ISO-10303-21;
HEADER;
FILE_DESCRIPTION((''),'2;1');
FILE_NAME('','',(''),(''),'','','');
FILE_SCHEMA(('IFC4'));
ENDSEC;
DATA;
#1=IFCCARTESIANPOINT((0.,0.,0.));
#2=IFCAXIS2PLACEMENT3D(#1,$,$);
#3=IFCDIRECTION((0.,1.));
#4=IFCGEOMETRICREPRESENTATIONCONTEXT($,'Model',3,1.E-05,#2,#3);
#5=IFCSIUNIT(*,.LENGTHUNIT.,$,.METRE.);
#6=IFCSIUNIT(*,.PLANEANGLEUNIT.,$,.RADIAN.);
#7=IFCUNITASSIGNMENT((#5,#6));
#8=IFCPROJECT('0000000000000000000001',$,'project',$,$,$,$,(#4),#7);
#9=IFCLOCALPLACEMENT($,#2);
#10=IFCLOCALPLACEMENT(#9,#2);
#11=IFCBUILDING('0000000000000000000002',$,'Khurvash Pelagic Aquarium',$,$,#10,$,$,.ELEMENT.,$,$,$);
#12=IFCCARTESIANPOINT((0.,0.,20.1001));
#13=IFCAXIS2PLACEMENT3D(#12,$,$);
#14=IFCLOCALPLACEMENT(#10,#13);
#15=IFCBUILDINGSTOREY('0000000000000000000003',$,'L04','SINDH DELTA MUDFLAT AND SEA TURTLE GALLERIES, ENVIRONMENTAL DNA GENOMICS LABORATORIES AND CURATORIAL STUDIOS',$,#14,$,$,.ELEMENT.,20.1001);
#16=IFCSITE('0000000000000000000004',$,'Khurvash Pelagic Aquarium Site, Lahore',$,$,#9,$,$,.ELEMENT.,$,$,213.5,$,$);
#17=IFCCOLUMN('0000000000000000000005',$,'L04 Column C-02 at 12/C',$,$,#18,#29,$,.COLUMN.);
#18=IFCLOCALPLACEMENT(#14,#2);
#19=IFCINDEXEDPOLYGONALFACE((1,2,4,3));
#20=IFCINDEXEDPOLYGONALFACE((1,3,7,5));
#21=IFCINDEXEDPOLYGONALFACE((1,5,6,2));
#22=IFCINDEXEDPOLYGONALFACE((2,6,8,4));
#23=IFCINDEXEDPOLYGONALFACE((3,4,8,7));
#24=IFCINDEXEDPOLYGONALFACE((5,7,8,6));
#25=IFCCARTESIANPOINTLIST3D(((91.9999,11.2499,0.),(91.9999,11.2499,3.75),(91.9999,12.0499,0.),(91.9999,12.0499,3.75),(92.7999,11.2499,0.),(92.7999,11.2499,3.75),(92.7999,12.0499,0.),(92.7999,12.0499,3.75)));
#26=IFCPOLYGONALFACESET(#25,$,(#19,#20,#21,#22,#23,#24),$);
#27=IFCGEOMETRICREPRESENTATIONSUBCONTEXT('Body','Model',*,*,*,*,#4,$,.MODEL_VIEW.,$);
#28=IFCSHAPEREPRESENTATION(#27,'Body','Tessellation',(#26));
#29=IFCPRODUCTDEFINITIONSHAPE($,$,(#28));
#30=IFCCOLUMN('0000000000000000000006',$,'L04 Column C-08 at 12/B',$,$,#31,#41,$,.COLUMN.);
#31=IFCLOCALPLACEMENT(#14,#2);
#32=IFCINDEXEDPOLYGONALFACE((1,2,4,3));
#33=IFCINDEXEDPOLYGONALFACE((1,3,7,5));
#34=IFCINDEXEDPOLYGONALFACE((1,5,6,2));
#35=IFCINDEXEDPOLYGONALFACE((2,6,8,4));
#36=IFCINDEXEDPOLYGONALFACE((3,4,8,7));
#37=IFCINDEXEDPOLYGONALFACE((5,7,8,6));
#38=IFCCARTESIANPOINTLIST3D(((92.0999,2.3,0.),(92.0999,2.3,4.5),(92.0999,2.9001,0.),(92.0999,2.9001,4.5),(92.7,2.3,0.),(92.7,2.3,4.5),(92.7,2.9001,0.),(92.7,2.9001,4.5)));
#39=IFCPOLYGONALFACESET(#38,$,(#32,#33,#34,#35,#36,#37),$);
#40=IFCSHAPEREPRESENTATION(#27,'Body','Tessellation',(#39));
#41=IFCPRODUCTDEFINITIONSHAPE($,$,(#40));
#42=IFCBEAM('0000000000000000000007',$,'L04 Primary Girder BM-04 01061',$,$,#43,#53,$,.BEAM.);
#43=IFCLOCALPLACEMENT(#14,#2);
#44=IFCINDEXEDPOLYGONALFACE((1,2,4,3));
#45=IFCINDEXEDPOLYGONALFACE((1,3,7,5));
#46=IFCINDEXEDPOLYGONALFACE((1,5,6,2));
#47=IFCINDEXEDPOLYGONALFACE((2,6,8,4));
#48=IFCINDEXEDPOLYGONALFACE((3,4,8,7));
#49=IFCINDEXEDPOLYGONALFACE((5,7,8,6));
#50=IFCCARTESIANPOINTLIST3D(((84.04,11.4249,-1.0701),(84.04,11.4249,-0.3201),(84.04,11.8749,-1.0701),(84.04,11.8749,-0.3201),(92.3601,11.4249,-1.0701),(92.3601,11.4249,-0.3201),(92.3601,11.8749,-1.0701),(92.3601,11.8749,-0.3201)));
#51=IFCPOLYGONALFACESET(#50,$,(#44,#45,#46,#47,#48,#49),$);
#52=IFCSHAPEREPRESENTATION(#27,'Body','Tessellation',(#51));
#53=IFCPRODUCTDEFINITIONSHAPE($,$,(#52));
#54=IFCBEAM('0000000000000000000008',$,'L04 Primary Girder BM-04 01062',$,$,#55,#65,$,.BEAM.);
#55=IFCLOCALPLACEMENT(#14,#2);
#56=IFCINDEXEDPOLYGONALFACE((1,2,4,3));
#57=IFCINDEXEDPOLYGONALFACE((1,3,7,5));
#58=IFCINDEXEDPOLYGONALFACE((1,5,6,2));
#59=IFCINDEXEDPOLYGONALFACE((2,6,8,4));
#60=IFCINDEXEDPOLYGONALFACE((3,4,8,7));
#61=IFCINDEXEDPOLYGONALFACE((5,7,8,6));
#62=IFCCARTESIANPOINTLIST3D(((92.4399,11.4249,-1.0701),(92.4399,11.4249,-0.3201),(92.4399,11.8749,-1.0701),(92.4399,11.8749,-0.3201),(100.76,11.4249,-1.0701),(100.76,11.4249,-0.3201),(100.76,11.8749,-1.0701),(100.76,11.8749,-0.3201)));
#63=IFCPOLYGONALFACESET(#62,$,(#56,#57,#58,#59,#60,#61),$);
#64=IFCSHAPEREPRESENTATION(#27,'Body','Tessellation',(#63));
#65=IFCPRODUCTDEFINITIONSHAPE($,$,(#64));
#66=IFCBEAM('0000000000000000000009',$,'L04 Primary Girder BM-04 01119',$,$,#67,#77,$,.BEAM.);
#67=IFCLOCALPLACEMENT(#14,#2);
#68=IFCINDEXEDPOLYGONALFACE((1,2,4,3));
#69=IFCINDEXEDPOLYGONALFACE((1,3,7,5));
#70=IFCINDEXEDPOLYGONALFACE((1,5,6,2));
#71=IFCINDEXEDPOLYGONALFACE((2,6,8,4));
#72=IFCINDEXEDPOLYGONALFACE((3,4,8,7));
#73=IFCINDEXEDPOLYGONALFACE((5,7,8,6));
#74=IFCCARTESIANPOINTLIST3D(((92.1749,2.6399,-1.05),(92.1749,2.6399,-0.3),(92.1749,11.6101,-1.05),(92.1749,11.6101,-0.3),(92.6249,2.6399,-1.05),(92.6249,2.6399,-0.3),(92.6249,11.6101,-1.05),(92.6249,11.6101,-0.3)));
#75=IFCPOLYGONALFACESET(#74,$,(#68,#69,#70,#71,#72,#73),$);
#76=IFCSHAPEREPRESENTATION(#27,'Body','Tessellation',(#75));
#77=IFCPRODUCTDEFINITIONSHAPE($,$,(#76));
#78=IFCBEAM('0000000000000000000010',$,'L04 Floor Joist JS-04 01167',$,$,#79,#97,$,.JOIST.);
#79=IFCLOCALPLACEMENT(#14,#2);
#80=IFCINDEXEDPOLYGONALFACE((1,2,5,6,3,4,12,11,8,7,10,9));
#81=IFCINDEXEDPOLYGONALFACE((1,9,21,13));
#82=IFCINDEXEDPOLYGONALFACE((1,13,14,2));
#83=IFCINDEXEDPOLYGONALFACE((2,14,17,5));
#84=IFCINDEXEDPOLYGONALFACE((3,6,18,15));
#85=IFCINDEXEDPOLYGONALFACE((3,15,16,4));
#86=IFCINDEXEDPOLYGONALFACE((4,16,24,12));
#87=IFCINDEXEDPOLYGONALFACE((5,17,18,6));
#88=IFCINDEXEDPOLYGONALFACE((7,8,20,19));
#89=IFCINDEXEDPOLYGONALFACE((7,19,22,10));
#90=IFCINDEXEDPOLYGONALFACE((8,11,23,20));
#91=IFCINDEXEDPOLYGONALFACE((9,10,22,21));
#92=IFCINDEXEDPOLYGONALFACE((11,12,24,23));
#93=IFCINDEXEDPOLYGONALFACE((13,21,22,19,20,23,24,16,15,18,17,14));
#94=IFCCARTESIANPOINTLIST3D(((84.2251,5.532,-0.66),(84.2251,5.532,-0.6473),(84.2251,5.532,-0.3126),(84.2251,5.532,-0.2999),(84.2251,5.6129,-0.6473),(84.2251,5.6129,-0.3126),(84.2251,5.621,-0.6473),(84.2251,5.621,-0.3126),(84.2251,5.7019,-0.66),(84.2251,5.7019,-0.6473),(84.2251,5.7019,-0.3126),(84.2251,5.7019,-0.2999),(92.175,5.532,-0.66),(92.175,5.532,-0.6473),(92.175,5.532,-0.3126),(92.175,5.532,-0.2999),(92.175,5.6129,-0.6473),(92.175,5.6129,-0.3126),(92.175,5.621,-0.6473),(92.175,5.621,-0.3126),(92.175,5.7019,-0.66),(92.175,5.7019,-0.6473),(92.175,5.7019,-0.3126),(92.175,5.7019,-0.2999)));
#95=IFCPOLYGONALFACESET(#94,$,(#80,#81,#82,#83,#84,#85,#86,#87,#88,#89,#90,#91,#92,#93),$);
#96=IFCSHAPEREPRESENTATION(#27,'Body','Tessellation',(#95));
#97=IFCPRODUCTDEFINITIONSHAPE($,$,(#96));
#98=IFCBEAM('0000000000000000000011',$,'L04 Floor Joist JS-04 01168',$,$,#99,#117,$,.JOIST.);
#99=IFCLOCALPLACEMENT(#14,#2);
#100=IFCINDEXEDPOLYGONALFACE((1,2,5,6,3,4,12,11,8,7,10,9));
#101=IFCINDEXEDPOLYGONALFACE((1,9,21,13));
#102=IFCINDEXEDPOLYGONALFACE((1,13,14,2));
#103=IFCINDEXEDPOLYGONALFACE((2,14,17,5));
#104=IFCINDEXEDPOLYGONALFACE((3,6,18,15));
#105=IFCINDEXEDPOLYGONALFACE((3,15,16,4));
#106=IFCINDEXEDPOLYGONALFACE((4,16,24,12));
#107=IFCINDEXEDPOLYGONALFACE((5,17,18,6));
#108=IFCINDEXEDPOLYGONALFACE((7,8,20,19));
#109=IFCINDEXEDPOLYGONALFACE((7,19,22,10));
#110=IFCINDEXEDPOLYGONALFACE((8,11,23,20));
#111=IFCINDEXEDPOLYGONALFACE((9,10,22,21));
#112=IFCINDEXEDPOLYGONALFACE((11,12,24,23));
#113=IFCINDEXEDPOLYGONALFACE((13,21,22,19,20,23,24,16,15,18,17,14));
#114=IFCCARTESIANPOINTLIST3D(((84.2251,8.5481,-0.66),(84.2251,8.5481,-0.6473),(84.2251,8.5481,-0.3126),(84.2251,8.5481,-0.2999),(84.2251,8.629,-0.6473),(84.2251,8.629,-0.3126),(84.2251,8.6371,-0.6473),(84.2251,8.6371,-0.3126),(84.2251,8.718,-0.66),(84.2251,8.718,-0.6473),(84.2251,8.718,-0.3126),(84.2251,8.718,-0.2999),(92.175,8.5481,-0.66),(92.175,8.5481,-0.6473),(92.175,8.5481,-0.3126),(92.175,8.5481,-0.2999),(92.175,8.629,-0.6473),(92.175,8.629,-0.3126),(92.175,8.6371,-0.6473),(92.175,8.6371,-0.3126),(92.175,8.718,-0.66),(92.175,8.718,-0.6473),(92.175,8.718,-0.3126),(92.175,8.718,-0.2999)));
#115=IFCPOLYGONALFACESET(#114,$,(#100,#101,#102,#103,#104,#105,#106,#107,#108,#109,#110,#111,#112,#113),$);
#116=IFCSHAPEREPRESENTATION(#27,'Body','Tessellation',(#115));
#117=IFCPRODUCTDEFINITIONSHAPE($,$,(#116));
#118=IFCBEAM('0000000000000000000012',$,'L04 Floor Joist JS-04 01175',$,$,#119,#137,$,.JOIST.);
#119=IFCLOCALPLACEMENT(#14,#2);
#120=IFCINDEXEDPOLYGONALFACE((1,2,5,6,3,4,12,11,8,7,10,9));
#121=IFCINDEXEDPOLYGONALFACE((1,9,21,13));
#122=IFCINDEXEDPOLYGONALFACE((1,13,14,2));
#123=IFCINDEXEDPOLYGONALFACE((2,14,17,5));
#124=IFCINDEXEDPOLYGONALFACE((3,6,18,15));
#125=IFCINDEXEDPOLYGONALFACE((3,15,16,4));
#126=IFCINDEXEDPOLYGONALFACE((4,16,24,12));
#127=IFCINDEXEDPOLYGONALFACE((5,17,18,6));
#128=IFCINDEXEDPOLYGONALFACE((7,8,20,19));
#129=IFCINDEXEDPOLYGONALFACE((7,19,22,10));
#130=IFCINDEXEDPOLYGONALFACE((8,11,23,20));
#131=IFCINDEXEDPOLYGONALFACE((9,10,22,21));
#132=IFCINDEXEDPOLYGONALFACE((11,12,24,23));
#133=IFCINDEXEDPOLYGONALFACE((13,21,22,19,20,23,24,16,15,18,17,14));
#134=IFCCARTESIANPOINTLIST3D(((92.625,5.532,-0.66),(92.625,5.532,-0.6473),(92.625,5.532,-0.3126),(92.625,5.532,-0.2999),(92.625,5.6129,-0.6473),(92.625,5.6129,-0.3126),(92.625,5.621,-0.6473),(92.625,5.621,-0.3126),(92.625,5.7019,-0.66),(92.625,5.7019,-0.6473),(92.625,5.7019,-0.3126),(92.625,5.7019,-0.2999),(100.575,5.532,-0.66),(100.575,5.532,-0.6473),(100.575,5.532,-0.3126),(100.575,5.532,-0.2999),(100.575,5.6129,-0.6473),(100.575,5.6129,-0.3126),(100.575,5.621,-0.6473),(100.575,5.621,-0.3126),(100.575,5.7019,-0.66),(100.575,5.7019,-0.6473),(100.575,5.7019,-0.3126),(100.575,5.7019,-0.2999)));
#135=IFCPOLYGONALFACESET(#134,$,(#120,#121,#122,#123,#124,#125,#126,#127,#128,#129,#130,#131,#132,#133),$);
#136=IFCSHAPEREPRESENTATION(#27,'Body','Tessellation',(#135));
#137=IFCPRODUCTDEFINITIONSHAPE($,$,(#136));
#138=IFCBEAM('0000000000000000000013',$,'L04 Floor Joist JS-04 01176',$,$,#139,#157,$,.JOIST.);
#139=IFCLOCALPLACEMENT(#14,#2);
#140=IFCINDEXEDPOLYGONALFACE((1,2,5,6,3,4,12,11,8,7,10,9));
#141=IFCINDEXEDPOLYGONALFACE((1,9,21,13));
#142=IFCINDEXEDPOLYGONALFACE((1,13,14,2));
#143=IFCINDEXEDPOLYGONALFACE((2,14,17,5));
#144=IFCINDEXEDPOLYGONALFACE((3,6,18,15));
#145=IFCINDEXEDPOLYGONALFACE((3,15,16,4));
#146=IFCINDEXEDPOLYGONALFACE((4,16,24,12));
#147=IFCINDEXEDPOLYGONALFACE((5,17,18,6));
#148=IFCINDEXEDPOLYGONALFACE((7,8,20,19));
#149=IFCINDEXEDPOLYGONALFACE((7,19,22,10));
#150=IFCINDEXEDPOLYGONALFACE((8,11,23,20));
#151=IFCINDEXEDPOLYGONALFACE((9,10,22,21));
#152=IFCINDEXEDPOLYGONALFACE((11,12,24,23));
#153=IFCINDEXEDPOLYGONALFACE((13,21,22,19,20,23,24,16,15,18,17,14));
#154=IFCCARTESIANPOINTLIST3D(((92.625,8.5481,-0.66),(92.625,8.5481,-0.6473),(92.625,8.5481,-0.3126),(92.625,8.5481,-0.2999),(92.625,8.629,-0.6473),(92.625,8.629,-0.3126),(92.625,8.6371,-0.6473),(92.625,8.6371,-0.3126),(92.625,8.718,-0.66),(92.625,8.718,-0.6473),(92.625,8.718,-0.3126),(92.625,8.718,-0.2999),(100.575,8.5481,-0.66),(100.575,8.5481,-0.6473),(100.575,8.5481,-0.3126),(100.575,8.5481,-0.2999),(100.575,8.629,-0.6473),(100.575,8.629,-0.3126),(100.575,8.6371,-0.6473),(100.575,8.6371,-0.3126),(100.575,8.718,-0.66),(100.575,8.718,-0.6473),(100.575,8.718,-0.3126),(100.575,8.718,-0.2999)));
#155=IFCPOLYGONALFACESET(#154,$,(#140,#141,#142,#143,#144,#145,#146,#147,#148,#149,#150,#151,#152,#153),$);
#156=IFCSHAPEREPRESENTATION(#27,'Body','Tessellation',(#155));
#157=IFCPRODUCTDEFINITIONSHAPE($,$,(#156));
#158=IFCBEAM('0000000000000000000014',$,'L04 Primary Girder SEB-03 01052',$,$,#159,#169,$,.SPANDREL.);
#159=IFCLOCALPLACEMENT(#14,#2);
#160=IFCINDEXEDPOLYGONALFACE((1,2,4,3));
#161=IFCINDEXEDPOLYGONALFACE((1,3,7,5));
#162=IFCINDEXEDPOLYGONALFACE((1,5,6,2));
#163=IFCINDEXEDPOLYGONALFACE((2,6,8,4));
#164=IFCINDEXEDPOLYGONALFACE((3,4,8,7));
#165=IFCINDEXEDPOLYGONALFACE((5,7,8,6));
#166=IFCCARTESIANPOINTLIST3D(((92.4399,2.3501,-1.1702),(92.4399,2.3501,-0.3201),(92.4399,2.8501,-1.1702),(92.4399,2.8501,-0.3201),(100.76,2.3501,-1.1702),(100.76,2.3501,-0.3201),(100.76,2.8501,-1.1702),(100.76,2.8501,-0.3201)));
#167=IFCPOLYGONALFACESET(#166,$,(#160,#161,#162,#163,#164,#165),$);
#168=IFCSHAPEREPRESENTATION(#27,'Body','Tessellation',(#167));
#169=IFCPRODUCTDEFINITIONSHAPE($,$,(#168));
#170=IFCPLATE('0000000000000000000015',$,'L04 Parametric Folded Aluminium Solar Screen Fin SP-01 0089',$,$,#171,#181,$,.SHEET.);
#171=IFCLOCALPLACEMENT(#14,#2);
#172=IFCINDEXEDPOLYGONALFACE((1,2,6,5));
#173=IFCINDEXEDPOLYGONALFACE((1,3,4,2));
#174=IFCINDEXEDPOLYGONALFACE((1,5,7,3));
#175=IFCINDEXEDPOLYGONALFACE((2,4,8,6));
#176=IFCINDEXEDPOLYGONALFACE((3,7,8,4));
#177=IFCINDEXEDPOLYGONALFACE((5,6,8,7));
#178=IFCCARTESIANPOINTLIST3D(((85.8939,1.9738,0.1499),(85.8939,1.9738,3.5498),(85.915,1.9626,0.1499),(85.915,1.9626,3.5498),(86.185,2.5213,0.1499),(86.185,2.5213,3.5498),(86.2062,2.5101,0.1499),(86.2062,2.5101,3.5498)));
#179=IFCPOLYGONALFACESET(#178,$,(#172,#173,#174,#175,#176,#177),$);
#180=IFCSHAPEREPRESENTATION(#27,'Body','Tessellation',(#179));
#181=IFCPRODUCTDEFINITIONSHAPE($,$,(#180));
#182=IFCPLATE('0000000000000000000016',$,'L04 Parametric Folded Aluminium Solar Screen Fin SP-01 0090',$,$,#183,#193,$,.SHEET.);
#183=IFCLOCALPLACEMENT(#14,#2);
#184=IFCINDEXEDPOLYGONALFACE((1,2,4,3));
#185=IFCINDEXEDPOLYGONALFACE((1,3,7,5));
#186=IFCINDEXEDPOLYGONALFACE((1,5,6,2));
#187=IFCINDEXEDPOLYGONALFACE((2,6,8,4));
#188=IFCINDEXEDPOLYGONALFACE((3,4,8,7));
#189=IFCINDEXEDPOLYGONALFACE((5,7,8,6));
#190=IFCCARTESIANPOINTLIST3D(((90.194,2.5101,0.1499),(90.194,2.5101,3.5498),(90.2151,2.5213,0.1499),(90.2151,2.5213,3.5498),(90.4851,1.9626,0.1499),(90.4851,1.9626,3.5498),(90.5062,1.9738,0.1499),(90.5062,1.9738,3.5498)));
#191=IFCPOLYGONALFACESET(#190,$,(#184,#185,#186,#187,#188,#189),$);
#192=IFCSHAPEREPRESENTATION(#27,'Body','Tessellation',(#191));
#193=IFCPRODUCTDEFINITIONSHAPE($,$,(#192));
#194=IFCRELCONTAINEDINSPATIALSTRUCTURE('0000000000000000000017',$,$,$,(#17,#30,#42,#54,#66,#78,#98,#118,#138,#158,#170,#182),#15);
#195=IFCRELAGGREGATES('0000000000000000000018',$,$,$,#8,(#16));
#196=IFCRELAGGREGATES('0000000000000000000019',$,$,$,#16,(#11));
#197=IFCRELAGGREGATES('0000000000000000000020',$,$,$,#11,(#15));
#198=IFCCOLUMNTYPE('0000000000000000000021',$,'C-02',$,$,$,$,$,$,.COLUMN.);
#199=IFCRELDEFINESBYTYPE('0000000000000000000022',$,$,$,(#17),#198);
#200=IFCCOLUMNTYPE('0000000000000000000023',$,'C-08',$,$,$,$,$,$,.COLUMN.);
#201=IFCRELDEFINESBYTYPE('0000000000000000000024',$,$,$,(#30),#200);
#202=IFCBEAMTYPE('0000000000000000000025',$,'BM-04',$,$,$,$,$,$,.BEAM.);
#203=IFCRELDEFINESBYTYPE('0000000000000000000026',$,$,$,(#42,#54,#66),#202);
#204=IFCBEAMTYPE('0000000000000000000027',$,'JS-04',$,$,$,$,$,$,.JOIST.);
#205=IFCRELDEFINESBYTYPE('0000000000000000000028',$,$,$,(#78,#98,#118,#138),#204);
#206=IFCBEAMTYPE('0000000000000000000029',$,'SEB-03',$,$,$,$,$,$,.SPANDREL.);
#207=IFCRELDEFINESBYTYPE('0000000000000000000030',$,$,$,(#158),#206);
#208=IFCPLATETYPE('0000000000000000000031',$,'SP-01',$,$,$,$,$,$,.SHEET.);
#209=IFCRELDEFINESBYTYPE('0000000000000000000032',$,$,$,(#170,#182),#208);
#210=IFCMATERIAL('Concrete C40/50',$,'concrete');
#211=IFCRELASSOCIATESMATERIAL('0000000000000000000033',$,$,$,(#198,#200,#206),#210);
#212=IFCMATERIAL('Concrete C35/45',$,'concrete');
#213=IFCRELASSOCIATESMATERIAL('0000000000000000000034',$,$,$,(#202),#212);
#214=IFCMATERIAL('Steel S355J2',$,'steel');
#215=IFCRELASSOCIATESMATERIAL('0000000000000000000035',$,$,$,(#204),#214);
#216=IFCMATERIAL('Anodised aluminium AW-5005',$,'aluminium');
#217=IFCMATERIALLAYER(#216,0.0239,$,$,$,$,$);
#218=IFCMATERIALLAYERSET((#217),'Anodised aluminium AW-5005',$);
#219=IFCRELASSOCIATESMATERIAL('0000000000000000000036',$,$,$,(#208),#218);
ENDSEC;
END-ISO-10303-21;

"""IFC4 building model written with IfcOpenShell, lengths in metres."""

from ifc_helpers import new_model, si_unit, direction, frame, origin, origin_2d, place, context, subcontext, project, spatial, rectangle, i_section, extrude, material, layer, layer_set, material_profile, profile_set, type_object, element, save


model = new_model("IFC4")

# Units and contexts
model_context = context("Model", 3, precision=1e-05, world=origin(), true_north=direction((0.0, 1.0)))
body_context = subcontext(model_context, "Body", "Model", "MODEL_VIEW")
ifc_project = project(units=[si_unit("LENGTHUNIT", "METRE"), si_unit("PLANEANGLEUNIT", "RADIAN")], contexts=[model_context])

# Site, building, storey
site_placement = place(None, origin())
site = spatial("IfcSite", under=ifc_project, at=site_placement, Name="Khurvash Pelagic Aquarium Site, Lahore", CompositionType="ELEMENT", RefElevation=213.5)
building_placement = place(site_placement, origin())
building = spatial("IfcBuilding", under=site, at=building_placement, Name="Khurvash Pelagic Aquarium", CompositionType="ELEMENT")
storey_placement = place(building_placement, frame((0.0, 0.0, 20.1001)))
storey = spatial("IfcBuildingStorey", under=building, at=storey_placement, Name="L04", Description="SINDH DELTA MUDFLAT AND SEA TURTLE GALLERIES, ENVIRONMENTAL DNA GENOMICS LABORATORIES AND CURATORIAL STUDIOS", CompositionType="ELEMENT", Elevation=20.1001)

# Columns
ifc_material_1 = material(Name="Concrete C40/50", Category="concrete")
ifc_material_profile_1 = material_profile(ifc_material_1, rectangle(XDim=0.8, YDim=0.8, at=origin_2d()), Name="RC800X800")
ifc_profile_set_1 = profile_set([ifc_material_profile_1], Name="Concrete C40/50")
column_type_1 = type_object("IfcColumnType", Name="C-02", PredefinedType="COLUMN", material=ifc_profile_set_1)
column_1_placement = place(storey_placement, frame((92.3999, 11.6499, 0.0), z_axis=(0.0, 0.0, 1.0), x_axis=(1.0, 0.0, 0.0)))
element("IfcColumn", 1, at=column_1_placement, inside=storey, type_object=column_type_1, Name="L04 Column C-02 at 12/C", PredefinedType="COLUMN", context=body_context, shape_type="SweptSolid", body=[
    extrude(rectangle(XDim=0.8, YDim=0.8, at=origin_2d()), origin(), (0.0, 0.0, 1.0), 3.75),
])
ifc_material_profile_2 = material_profile(ifc_material_1, rectangle(XDim=0.6001, YDim=0.6001, at=origin_2d()), Name="RC600X600")
ifc_profile_set_2 = profile_set([ifc_material_profile_2], Name="Concrete C40/50")
column_type_2 = type_object("IfcColumnType", Name="C-08", PredefinedType="COLUMN", material=ifc_profile_set_2)
column_2_placement = place(storey_placement, frame((92.3999, 2.6001, 0.0), z_axis=(0.0, 0.0, 1.0), x_axis=(1.0, 0.0, 0.0)))
element("IfcColumn", 2, at=column_2_placement, inside=storey, type_object=column_type_2, Name="L04 Column C-08 at 12/B", PredefinedType="COLUMN", context=body_context, shape_type="SweptSolid", body=[
    extrude(rectangle(XDim=0.6001, YDim=0.6001, at=origin_2d()), origin(), (0.0, 0.0, 1.0), 4.5),
])

# Beams
ifc_material_2 = material(Name="Concrete C35/45", Category="concrete")
ifc_material_profile_3 = material_profile(ifc_material_2, rectangle(XDim=0.45, YDim=0.75, at=origin_2d()), Name="RC450X750")
ifc_profile_set_3 = profile_set([ifc_material_profile_3], Name="Concrete C35/45")
beam_type_1 = type_object("IfcBeamType", Name="BM-04", PredefinedType="BEAM", material=ifc_profile_set_3)
for number, where, z_axis, x_axis, name in (
    (3, (84.04, 11.6499, -0.6951), (1.0, 0.0, 0.0), (0.0, 1.0, 0.0), "L04 Primary Girder BM-04 01061"),
    (4, (92.4399, 11.6499, -0.6951), (1.0, 0.0, 0.0), (0.0, 1.0, 0.0), "L04 Primary Girder BM-04 01062"),
):
    element("IfcBeam", number, at=place(storey_placement, frame(where, z_axis=z_axis, x_axis=x_axis)), inside=storey, type_object=beam_type_1, Name=name, PredefinedType="BEAM", context=body_context, shape_type="SweptSolid", body=[
        extrude(rectangle(XDim=0.45, YDim=0.75, at=origin_2d()), origin(), (0.0, 0.0, 1.0), 8.3201),
    ])
beam_1_placement = place(storey_placement, frame((92.3999, 2.6399, -0.675), z_axis=(0.0, 1.0, 0.0), x_axis=(-1.0, 0.0, 0.0)))
element("IfcBeam", 5, at=beam_1_placement, inside=storey, type_object=beam_type_1, Name="L04 Primary Girder BM-04 01119", PredefinedType="BEAM", context=body_context, shape_type="SweptSolid", body=[
    extrude(rectangle(XDim=0.45, YDim=0.75, at=origin_2d()), origin(), (0.0, 0.0, 1.0), 8.9702),
])
ifc_material_3 = material(Name="Steel S355J2", Category="steel")
ifc_material_profile_4 = material_profile(ifc_material_3, i_section(OverallWidth=0.1699, OverallDepth=0.3601, WebThickness=0.0081, FlangeThickness=0.0127, at=origin_2d()), Name="IPE360")
ifc_profile_set_4 = profile_set([ifc_material_profile_4], Name="Steel S355J2")
beam_type_2 = type_object("IfcBeamType", Name="JS-04", PredefinedType="JOIST", material=ifc_profile_set_4)
for number, where, z_axis, x_axis, name in (
    (6, (84.2251, 5.6169, -0.48), (1.0, 0.0, 0.0), (0.0, 1.0, 0.0), "L04 Floor Joist JS-04 01167"),
    (7, (84.2251, 8.6331, -0.48), (1.0, 0.0, 0.0), (0.0, 1.0, 0.0), "L04 Floor Joist JS-04 01168"),
    (8, (92.625, 5.6169, -0.48), (1.0, 0.0, 0.0), (0.0, 1.0, 0.0), "L04 Floor Joist JS-04 01175"),
    (9, (92.625, 8.6331, -0.48), (1.0, 0.0, 0.0), (0.0, 1.0, 0.0), "L04 Floor Joist JS-04 01176"),
):
    element("IfcBeam", number, at=place(storey_placement, frame(where, z_axis=z_axis, x_axis=x_axis)), inside=storey, type_object=beam_type_2, Name=name, PredefinedType="JOIST", context=body_context, shape_type="SweptSolid", body=[
        extrude(i_section(OverallWidth=0.1699, OverallDepth=0.3601, WebThickness=0.0081, FlangeThickness=0.0127, at=origin_2d()), origin(), (0.0, 0.0, 1.0), 7.95),
    ])
ifc_material_profile_5 = material_profile(ifc_material_1, rectangle(XDim=0.5, YDim=0.8501, at=origin_2d()), Name="RC500X850")
ifc_profile_set_5 = profile_set([ifc_material_profile_5], Name="Concrete C40/50")
beam_type_3 = type_object("IfcBeamType", Name="SEB-03", PredefinedType="SPANDREL", material=ifc_profile_set_5)
beam_2_placement = place(storey_placement, frame((92.4399, 2.6001, -0.7451), z_axis=(1.0, 0.0, 0.0), x_axis=(0.0, 1.0, 0.0)))
element("IfcBeam", 10, at=beam_2_placement, inside=storey, type_object=beam_type_3, Name="L04 Primary Girder SEB-03 01052", PredefinedType="SPANDREL", context=body_context, shape_type="SweptSolid", body=[
    extrude(rectangle(XDim=0.5, YDim=0.8501, at=origin_2d()), origin(), (0.0, 0.0, 1.0), 8.3201),
])

# Plates
ifc_material_4 = material(Name="Anodised aluminium AW-5005", Category="aluminium")
ifc_layer_1 = layer(ifc_material_4, 0.0239)
ifc_layer_set_1 = layer_set([ifc_layer_1], Name="Anodised aluminium AW-5005")
plate_type = type_object("IfcPlateType", Name="SP-01", PredefinedType="SHEET", material=ifc_layer_set_1)
for number, where, z_axis, x_axis, name in (
    (11, (86.05, 2.2419, 0.1499), (0.0, 0.0, 1.0), (-0.469472, -0.882948, 0.0), "L04 Parametric Folded Aluminium Solar Screen Fin SP-01 0089"),
    (12, (90.3501, 2.2419, 0.1499), (0.0, 0.0, 1.0), (0.469472, -0.882948, 0.0), "L04 Parametric Folded Aluminium Solar Screen Fin SP-01 0090"),
):
    element("IfcPlate", number, at=place(storey_placement, frame(where, z_axis=z_axis, x_axis=x_axis)), inside=storey, type_object=plate_type, Name=name, PredefinedType="SHEET", context=body_context, shape_type="SweptSolid", body=[
        extrude(rectangle(XDim=0.6201, YDim=0.0239, at=origin_2d()), origin(), (0.0, 0.0, 1.0), 3.3999),
    ])

save(model, "model.ifc")
